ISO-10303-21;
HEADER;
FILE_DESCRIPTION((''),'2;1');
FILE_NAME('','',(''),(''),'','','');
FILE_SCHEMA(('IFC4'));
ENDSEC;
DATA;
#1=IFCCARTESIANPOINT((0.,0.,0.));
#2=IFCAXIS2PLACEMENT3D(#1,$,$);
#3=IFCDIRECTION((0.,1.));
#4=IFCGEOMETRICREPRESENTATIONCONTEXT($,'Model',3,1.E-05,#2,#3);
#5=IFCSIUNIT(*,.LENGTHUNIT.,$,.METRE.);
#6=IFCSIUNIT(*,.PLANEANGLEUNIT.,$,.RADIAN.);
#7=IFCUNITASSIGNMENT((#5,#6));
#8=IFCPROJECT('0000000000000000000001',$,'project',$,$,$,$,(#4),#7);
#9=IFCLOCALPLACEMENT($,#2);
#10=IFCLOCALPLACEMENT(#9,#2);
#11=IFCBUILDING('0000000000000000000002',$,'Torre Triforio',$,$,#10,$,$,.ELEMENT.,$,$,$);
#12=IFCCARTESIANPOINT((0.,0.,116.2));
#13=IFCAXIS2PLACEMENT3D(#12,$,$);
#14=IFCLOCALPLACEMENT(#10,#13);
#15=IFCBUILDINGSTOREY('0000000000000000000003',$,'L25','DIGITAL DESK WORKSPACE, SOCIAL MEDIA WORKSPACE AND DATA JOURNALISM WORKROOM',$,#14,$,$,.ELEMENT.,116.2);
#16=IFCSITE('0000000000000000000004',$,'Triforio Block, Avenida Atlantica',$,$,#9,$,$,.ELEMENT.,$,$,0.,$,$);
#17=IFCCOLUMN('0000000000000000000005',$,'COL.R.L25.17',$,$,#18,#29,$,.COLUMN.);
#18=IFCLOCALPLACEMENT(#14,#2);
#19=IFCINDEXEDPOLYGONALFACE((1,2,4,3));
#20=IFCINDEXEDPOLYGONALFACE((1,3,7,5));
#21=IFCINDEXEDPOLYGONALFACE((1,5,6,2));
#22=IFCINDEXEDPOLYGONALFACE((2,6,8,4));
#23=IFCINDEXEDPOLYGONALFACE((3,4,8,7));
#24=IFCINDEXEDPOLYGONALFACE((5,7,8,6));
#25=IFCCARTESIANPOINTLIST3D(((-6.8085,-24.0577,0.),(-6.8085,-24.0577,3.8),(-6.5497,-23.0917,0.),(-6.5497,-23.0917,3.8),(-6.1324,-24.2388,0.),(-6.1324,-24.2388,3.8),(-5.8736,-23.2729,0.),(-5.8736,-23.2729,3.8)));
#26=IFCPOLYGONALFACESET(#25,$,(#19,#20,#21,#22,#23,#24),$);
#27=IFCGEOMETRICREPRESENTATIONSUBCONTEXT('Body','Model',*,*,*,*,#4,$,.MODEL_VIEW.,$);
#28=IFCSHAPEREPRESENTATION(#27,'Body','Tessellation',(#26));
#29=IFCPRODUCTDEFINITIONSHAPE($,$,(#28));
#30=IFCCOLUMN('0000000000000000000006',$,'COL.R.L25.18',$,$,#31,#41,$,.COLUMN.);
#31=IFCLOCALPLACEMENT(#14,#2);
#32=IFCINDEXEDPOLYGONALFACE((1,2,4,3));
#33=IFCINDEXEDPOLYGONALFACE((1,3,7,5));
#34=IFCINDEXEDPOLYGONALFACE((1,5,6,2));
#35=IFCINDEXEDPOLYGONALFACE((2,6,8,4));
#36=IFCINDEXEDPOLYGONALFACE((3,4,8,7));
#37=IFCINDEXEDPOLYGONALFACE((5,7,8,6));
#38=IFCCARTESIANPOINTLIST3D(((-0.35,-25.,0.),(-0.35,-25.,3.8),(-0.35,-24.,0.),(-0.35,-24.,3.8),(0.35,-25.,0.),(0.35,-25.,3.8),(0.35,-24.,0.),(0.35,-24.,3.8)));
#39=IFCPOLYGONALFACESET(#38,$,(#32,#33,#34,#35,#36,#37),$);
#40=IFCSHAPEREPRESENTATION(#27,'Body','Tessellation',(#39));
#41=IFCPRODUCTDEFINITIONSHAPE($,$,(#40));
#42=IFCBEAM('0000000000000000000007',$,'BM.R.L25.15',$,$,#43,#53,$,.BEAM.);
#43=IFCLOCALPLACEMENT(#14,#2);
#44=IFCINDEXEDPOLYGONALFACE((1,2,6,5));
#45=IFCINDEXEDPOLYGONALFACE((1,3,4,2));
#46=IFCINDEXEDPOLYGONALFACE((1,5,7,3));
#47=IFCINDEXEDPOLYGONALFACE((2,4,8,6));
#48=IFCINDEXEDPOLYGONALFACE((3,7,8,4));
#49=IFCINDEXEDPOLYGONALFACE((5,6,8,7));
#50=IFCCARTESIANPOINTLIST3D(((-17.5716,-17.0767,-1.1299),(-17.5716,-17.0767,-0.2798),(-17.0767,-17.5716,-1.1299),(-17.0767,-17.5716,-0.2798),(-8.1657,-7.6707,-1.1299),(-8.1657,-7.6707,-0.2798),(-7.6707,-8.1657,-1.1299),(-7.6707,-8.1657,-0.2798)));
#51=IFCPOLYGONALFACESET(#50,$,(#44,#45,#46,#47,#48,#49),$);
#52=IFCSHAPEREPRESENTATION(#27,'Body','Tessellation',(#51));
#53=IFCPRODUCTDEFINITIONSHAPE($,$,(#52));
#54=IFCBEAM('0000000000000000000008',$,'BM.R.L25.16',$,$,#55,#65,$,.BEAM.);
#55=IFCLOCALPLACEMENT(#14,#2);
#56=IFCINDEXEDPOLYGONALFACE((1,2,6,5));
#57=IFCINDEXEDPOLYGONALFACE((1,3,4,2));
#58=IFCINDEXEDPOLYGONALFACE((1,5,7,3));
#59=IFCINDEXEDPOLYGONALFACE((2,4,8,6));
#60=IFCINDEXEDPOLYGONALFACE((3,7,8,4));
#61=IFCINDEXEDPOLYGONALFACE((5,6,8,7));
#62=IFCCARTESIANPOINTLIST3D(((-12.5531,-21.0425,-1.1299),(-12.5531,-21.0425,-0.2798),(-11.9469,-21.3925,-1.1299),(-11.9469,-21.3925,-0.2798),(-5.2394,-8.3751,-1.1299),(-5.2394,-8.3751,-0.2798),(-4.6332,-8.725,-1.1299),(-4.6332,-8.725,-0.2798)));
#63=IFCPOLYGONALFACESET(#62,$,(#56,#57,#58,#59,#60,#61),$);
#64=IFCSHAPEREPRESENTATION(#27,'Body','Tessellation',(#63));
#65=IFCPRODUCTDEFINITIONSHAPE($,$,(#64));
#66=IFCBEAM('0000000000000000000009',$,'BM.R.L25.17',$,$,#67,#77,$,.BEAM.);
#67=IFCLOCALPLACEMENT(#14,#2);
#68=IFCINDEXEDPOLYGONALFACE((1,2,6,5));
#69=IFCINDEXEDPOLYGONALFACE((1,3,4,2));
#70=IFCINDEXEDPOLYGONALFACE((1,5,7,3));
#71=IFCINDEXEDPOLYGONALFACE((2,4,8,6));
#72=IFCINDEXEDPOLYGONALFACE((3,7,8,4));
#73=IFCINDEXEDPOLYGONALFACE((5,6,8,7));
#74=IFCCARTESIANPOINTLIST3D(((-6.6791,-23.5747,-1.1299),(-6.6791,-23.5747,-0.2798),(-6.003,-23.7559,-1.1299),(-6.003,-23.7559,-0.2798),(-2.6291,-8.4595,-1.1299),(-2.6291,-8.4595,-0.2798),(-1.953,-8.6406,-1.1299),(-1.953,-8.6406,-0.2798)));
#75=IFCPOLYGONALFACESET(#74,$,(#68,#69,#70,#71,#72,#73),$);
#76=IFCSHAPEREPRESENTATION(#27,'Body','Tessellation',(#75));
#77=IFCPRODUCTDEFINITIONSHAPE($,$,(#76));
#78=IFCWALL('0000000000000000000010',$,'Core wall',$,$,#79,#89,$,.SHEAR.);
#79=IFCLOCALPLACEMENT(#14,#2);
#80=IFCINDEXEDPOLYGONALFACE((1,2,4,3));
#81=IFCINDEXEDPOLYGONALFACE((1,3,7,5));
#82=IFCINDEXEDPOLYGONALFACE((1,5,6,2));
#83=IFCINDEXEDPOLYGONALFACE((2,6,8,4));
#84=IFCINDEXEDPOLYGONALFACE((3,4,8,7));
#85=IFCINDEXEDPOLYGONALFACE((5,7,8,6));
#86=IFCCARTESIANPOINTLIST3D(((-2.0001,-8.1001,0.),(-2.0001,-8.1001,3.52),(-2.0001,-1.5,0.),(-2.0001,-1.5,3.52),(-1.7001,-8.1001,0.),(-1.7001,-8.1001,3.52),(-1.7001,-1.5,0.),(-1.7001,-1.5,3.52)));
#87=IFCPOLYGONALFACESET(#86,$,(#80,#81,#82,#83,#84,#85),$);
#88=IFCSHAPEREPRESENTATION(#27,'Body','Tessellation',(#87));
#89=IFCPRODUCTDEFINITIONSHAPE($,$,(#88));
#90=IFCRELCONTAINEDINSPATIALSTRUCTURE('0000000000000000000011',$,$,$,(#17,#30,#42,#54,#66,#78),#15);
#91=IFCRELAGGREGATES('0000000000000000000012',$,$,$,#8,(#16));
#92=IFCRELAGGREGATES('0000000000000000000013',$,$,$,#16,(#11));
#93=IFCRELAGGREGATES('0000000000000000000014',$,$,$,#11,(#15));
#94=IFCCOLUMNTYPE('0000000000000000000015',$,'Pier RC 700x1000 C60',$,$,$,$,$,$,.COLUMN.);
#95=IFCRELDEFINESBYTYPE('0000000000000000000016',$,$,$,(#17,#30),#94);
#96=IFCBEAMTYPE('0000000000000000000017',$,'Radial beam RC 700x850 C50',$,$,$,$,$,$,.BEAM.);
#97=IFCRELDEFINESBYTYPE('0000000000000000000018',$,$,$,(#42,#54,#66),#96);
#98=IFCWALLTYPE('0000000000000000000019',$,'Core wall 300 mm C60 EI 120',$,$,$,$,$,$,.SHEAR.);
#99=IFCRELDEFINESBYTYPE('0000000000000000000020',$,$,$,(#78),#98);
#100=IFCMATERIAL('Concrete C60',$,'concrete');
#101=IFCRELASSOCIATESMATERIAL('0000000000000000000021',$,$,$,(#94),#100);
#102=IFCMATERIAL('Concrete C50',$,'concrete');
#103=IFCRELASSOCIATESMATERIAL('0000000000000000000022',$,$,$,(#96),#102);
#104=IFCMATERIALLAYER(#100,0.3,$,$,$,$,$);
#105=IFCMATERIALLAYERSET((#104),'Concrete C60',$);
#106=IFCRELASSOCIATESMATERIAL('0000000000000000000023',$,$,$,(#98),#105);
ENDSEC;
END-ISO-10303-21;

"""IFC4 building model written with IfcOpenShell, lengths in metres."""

from ifc_helpers import new_model, si_unit, direction, frame, frame_2d, origin, origin_2d, place, context, subcontext, project, spatial, rectangle, extrude, material, layer, layer_set, material_profile, profile_set, type_object, element, save


model = new_model("IFC4")

# Units and contexts
model_context = context("Model", 3, precision=1e-05, world=origin(), true_north=direction((0.0, 1.0)))
body_context = subcontext(model_context, "Body", "Model", "MODEL_VIEW")
ifc_project = project(units=[si_unit("LENGTHUNIT", "METRE"), si_unit("PLANEANGLEUNIT", "RADIAN")], contexts=[model_context])

# Site, building, storey
site_placement = place(None, origin())
site = spatial("IfcSite", under=ifc_project, at=site_placement, Name="Triforio Block, Avenida Atlantica", CompositionType="ELEMENT", RefElevation=0.0)
building_placement = place(site_placement, origin())
building = spatial("IfcBuilding", under=site, at=building_placement, Name="Torre Triforio", CompositionType="ELEMENT")
storey_placement = place(building_placement, frame((0.0, 0.0, 116.2)))
storey = spatial("IfcBuildingStorey", under=building, at=storey_placement, Name="L25", Description="DIGITAL DESK WORKSPACE, SOCIAL MEDIA WORKSPACE AND DATA JOURNALISM WORKROOM", CompositionType="ELEMENT", Elevation=116.2)

# Columns
ifc_material_1 = material(Name="Concrete C60", Category="concrete")
ifc_material_profile_1 = material_profile(ifc_material_1, rectangle(XDim=0.7, YDim=1.0, at=origin_2d()), Name="RC 700x1000")
ifc_profile_set_1 = profile_set([ifc_material_profile_1], Name="Concrete C60")
column_type = type_object("IfcColumnType", Name="Pier RC 700x1000 C60", PredefinedType="COLUMN", material=ifc_profile_set_1)
for number, where, z_axis, x_axis, name in (
    (1, (-6.3411, -23.6653, 0.0), (0.0, 0.0, 1.0), (0.965926, -0.258819, 0.0), "COL.R.L25.17"),
    (2, (0.0, -24.5, 0.0), (0.0, 0.0, 1.0), (1.0, 0.0, 0.0), "COL.R.L25.18"),
):
    element("IfcColumn", number, at=place(storey_placement, frame(where, z_axis=z_axis, x_axis=x_axis)), inside=storey, type_object=column_type, Name=name, PredefinedType="COLUMN", context=body_context, shape_type="SweptSolid", body=[
        extrude(rectangle(XDim=0.7, YDim=1.0, at=origin_2d()), origin(), (0.0, 0.0, 1.0), 3.8),
    ])

# Beams
ifc_material_2 = material(Name="Concrete C50", Category="concrete")
ifc_material_profile_2 = material_profile(ifc_material_2, rectangle(XDim=0.7, YDim=0.8501, at=origin_2d()), Name="RC 700x850")
ifc_profile_set_2 = profile_set([ifc_material_profile_2], Name="Concrete C50")
beam_type = type_object("IfcBeamType", Name="Radial beam RC 700x850 C50", PredefinedType="BEAM", material=ifc_profile_set_2)
beam_1_placement = place(storey_placement, frame((-7.9182, -7.9182, -0.7048), z_axis=(-0.707107, -0.707107, 0.0), x_axis=(0.707107, -0.707107, 0.0)))
element("IfcBeam", 3, at=beam_1_placement, inside=storey, type_object=beam_type, Name="BM.R.L25.15", PredefinedType="BEAM", context=body_context, shape_type="SweptSolid", body=[
    extrude(rectangle(XDim=0.7, YDim=0.8501, at=origin_2d()), origin(), (0.0, 0.0, 1.0), 13.302),
])
beam_2_placement = place(storey_placement, frame((-4.9363, -8.55, -0.7048), z_axis=(-0.500008, -0.866021, 0.0), x_axis=(0.866021, -0.500008, 0.0)))
element("IfcBeam", 4, at=beam_2_placement, inside=storey, type_object=beam_type, Name="BM.R.L25.16", PredefinedType="BEAM", context=body_context, shape_type="SweptSolid", body=[
    extrude(rectangle(XDim=0.7, YDim=0.8501, at=origin_2d()), origin(), (0.0, 0.0, 1.0), 14.6272),
])
beam_3_placement = place(storey_placement, frame((-2.291, -8.55, -0.7048), z_axis=(-0.258815, -0.965927, 0.0), x_axis=(0.965927, -0.258815, 0.0)))
element("IfcBeam", 5, at=beam_3_placement, inside=storey, type_object=beam_type, Name="BM.R.L25.17", PredefinedType="BEAM", context=body_context, shape_type="SweptSolid", body=[
    extrude(rectangle(XDim=0.7, YDim=0.8501, at=origin_2d()), origin(), (0.0, 0.0, 1.0), 15.6484),
])

# Wall
ifc_layer_1 = layer(ifc_material_1, 0.3)
ifc_layer_set_1 = layer_set([ifc_layer_1], Name="Concrete C60")
wall_type_1 = type_object("IfcWallType", Name="Core wall 300 mm C60 EI 120", PredefinedType="SHEAR", material=ifc_layer_set_1)
wall_1_placement = place(storey_placement, frame((-1.8501, -8.1001, 0.0), z_axis=(0.0, 0.0, 1.0), x_axis=(0.0, 1.0, 0.0)))
element("IfcWall", 6, at=wall_1_placement, inside=storey, type_object=wall_type_1, Name="Core wall", PredefinedType="SHEAR", context=body_context, shape_type="SweptSolid", body=[
    extrude(rectangle(XDim=6.6001, YDim=0.3, at=frame_2d((3.3, 0.0))), origin(), (0.0, 0.0, 1.0), 3.52),
])

save(model, "model.ifc")
